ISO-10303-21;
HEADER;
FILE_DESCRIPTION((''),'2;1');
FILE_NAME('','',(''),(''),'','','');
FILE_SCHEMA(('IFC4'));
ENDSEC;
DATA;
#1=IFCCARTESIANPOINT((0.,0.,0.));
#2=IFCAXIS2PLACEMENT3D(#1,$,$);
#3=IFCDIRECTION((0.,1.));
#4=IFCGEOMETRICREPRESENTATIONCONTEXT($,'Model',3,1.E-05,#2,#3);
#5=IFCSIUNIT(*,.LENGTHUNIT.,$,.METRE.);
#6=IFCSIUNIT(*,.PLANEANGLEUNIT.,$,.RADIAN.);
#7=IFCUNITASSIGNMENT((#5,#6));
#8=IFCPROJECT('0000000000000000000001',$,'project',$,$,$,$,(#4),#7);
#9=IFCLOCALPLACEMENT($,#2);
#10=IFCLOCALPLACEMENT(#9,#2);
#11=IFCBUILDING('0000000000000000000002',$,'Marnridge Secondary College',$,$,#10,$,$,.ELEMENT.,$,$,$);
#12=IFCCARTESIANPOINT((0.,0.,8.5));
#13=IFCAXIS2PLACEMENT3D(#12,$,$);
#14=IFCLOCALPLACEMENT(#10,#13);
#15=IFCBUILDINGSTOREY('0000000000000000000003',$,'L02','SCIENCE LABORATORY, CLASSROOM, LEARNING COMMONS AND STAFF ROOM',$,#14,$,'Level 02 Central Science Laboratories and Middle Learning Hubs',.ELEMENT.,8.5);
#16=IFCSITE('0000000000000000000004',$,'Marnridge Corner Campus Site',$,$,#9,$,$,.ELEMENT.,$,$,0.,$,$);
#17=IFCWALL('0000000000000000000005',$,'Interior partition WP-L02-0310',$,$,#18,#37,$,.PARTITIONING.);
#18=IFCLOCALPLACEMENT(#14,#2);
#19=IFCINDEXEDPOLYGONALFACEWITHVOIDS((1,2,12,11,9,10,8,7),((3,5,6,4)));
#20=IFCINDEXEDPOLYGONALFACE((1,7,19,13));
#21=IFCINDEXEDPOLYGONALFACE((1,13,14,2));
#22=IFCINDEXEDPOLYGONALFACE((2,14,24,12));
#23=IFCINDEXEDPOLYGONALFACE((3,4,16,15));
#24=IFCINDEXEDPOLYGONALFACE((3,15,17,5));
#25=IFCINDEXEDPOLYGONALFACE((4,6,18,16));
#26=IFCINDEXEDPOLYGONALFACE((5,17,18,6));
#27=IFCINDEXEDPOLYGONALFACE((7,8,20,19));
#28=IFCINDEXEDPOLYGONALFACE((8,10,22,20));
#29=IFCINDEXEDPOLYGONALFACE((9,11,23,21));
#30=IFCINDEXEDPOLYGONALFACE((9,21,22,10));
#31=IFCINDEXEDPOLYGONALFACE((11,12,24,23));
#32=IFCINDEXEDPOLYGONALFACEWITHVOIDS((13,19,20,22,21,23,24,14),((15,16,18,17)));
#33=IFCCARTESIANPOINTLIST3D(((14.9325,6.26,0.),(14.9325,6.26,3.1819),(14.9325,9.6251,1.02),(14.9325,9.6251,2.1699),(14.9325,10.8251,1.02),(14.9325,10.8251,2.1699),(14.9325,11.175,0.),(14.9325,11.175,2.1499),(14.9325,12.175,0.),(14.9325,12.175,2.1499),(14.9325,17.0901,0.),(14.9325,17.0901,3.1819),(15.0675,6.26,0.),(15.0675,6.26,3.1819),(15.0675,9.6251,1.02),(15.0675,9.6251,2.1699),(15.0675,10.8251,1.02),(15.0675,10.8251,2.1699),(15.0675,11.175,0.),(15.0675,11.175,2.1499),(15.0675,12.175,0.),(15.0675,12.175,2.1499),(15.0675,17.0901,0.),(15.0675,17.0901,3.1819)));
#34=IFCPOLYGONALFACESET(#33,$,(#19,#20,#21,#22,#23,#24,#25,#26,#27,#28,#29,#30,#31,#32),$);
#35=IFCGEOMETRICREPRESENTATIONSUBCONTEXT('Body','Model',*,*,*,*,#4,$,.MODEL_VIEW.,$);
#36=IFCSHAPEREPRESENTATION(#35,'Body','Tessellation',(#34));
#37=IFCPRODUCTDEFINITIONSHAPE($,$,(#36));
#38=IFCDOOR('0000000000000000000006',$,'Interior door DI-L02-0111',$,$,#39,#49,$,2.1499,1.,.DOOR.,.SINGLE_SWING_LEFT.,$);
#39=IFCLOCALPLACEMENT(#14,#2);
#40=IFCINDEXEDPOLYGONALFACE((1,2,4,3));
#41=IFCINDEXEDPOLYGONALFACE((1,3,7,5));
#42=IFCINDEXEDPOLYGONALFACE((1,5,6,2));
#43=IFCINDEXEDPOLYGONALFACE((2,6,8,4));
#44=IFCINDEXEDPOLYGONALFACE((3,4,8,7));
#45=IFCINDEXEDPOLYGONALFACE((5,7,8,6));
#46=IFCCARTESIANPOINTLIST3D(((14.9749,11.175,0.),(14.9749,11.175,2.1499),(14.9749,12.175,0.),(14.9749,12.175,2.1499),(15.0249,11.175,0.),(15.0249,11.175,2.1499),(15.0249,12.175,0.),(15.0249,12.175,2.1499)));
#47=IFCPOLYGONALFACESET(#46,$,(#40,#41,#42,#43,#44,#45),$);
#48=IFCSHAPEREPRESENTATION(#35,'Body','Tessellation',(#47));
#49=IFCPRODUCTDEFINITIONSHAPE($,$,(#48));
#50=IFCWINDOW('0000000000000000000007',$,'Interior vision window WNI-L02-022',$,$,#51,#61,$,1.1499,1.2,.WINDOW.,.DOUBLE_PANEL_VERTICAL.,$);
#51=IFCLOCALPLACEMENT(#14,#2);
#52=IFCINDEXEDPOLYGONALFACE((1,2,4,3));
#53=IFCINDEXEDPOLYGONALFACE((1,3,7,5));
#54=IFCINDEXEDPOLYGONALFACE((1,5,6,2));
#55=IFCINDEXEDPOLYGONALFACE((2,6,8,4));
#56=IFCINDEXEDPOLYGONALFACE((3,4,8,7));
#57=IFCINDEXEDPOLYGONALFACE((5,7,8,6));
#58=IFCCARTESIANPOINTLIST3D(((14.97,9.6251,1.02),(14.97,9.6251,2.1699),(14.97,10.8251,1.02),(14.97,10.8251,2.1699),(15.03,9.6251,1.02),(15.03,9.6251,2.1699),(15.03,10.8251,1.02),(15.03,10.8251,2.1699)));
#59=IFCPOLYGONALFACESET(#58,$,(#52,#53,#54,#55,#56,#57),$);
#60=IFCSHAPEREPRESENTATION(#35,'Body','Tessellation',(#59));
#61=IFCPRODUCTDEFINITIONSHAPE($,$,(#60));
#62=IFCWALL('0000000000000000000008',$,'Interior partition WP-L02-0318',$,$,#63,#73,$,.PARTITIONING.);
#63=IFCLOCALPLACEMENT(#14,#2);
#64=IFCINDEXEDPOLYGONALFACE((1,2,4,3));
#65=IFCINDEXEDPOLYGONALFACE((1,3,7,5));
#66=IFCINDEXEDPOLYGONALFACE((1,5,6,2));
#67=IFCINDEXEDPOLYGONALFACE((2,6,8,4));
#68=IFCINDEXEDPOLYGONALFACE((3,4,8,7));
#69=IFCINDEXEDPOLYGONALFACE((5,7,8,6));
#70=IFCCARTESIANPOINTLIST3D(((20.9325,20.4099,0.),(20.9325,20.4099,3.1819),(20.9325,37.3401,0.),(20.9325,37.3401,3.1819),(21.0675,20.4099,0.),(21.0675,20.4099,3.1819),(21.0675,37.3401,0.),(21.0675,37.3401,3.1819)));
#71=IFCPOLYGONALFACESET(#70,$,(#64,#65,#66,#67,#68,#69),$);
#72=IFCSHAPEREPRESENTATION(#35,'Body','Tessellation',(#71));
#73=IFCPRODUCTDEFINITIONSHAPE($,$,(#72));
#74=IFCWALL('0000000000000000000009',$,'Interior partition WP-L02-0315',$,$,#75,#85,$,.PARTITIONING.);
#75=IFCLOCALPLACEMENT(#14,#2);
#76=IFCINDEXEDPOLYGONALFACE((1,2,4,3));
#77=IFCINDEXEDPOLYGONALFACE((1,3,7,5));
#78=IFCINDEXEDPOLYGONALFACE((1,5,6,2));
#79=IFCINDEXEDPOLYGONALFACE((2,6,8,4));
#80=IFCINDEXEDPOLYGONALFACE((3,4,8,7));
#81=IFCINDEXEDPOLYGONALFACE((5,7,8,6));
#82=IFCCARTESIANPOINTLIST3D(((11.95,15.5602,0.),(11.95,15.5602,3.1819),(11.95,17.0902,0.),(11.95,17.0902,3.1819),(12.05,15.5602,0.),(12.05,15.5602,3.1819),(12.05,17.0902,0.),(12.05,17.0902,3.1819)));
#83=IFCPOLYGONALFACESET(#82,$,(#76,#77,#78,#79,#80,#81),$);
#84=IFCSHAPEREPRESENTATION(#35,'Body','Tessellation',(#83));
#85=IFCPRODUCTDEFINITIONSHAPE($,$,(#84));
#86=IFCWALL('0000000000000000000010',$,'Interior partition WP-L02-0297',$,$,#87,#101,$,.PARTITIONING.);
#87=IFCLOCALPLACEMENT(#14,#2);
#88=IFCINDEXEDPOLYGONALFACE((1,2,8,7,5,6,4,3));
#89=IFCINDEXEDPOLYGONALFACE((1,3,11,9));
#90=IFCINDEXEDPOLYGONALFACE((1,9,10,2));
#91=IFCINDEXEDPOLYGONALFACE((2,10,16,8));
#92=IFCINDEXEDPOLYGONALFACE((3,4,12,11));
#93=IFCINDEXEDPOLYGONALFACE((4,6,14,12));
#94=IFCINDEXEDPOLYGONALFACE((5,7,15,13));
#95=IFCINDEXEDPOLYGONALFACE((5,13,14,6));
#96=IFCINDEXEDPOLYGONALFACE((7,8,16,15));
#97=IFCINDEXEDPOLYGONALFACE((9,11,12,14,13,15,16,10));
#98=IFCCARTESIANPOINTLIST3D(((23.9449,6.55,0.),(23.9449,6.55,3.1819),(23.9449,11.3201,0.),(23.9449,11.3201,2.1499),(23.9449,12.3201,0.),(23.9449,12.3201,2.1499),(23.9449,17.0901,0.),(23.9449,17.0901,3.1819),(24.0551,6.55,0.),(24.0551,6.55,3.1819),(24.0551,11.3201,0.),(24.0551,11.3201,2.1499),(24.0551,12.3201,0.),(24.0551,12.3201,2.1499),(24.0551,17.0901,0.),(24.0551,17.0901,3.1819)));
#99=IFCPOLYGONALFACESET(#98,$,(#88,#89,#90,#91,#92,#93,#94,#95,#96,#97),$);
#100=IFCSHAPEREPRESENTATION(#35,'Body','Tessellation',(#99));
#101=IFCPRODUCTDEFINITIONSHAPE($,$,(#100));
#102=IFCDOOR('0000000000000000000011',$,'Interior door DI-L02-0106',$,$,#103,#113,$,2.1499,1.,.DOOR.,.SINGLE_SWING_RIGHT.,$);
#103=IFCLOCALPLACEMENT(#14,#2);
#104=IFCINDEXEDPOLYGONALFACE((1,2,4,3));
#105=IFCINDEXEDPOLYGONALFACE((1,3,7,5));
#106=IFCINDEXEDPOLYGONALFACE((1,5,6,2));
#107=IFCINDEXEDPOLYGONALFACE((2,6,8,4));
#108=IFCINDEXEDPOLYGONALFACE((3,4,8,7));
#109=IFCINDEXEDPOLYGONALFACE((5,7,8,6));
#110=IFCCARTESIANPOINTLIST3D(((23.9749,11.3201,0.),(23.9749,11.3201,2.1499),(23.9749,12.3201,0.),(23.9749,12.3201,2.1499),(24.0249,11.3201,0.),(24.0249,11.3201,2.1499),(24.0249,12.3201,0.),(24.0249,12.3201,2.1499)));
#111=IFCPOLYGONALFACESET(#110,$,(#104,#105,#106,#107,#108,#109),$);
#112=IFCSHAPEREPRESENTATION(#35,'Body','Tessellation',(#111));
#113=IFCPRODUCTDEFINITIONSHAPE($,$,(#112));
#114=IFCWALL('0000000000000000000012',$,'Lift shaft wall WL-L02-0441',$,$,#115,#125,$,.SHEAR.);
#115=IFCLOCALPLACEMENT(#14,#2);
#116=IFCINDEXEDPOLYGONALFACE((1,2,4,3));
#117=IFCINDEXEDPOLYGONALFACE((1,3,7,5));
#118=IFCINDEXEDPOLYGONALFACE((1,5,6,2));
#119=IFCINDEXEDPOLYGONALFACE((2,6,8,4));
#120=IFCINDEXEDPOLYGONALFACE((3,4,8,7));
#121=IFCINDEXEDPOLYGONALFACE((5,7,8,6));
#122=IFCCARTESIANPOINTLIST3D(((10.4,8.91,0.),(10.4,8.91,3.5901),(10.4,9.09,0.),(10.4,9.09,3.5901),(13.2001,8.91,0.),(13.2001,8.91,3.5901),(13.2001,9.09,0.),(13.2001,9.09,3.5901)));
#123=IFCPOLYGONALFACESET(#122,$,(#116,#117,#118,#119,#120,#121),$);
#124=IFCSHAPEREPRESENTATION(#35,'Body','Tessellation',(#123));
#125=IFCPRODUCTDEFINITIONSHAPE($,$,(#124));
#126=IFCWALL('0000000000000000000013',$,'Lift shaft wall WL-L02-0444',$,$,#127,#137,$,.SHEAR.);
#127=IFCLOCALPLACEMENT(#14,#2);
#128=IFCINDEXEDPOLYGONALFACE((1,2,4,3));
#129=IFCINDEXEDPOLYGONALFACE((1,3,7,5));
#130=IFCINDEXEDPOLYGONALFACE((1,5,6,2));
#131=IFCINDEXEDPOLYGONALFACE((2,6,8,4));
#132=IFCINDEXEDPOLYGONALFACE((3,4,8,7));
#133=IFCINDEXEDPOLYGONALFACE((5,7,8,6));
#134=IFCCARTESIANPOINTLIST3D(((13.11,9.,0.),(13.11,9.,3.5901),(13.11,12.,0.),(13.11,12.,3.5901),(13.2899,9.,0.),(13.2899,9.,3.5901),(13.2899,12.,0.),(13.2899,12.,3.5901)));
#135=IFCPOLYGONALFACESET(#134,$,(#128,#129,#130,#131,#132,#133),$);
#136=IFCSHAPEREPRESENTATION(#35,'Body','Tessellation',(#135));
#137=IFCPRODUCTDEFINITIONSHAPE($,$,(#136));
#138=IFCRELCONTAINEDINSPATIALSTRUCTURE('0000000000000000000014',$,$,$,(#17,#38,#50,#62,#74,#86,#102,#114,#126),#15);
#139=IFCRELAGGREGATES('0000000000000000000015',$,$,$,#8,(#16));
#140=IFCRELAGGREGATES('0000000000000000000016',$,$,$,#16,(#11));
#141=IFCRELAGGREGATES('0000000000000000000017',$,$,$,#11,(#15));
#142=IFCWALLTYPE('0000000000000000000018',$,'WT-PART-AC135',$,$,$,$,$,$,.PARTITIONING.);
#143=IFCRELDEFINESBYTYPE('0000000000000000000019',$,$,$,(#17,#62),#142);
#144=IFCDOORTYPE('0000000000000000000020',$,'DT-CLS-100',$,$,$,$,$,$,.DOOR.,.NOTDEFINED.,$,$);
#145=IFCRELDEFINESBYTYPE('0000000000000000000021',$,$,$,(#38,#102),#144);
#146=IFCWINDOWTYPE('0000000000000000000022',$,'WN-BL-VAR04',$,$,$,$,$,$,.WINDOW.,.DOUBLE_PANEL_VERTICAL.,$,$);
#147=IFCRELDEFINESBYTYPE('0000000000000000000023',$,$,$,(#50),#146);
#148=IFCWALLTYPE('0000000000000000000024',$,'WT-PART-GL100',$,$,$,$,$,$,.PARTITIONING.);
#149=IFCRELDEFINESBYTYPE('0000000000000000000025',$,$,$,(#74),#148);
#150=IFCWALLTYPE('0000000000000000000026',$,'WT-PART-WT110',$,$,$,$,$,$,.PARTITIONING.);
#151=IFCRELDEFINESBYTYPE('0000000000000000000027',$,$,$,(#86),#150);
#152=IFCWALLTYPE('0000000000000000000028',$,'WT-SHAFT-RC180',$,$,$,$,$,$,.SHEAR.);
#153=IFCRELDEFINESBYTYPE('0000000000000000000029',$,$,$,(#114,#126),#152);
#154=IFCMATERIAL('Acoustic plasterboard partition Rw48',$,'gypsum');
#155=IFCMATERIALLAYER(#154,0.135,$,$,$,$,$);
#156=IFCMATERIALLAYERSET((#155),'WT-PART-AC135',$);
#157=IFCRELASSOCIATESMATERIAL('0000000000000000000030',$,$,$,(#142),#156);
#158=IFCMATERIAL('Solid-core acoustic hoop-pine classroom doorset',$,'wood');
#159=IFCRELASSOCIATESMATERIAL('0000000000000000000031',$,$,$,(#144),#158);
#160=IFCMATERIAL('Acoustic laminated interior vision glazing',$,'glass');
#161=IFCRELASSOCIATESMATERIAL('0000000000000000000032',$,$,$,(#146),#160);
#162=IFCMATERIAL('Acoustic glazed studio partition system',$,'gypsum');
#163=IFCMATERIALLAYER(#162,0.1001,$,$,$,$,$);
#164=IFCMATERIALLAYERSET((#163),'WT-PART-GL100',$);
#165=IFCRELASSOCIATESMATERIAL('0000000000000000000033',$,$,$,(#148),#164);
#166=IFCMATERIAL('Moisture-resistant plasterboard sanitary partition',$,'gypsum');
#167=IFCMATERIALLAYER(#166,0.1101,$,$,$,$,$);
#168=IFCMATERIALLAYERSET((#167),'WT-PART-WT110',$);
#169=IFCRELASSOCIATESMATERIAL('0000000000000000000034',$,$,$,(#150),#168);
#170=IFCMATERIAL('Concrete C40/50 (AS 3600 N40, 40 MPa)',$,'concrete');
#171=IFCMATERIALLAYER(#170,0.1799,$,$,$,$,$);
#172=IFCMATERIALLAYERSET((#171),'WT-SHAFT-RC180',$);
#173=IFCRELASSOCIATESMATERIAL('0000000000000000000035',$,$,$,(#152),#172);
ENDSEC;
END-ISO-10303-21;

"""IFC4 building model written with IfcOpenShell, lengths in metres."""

from ifc_helpers import new_model, si_unit, direction, frame, frame_2d, origin, place, context, subcontext, project, spatial, rectangle, extrude, material, layer, layer_set, type_object, element, fill, save


model = new_model("IFC4")

# Units and contexts
model_context = context("Model", 3, precision=1e-05, world=origin(), true_north=direction((0.0, 1.0)))
body_context = subcontext(model_context, "Body", "Model", "MODEL_VIEW")
ifc_project = project(units=[si_unit("LENGTHUNIT", "METRE"), si_unit("PLANEANGLEUNIT", "RADIAN")], contexts=[model_context])

# Site, building, storey
site_placement = place(None, origin())
site = spatial("IfcSite", under=ifc_project, at=site_placement, Name="Marnridge Corner Campus Site", CompositionType="ELEMENT", RefElevation=0.0)
building_placement = place(site_placement, origin())
building = spatial("IfcBuilding", under=site, at=building_placement, Name="Marnridge Secondary College", CompositionType="ELEMENT")
storey_placement = place(building_placement, frame((0.0, 0.0, 8.5)))
storey = spatial("IfcBuildingStorey", under=building, at=storey_placement, Name="L02", Description="SCIENCE LABORATORY, CLASSROOM, LEARNING COMMONS AND STAFF ROOM", LongName="Level 02 Central Science Laboratories and Middle Learning Hubs", CompositionType="ELEMENT", Elevation=8.5)

# Wall, openings, door, window
ifc_material_1 = material(Name="Acoustic plasterboard partition Rw48", Category="gypsum")
ifc_layer_1 = layer(ifc_material_1, 0.135)
ifc_layer_set_1 = layer_set([ifc_layer_1], Name="WT-PART-AC135")
wall_type_1 = type_object("IfcWallType", Name="WT-PART-AC135", PredefinedType="PARTITIONING", material=ifc_layer_set_1)
wall_1_placement = place(storey_placement, frame((15.0, 17.0901, 0.0), z_axis=(0.0, 0.0, 1.0), x_axis=(0.0, -1.0, 0.0)))
wall_1 = element("IfcWall", 1, at=wall_1_placement, inside=storey, type_object=wall_type_1, Name="Interior partition WP-L02-0310", PredefinedType="PARTITIONING", context=body_context, shape_type="SweptSolid", body=[
    extrude(rectangle(XDim=10.8301, YDim=0.135, at=frame_2d((5.415, 0.0))), origin(), (0.0, 0.0, 1.0), 3.1819),
])
opening_1_placement = place(wall_1_placement, frame((4.915, 0.0, 0.0)))
opening_1 = element("IfcOpeningElement", 2, at=opening_1_placement, cuts=wall_1, PredefinedType="OPENING", context=body_context, shape_type="SweptSolid", body=[
    extrude(rectangle(XDim=1.0, YDim=2.1499, at=frame_2d((0.5, 1.075))), frame((0.0, 0.0774, 0.0), z_axis=(0.0, -1.0, 0.0), x_axis=(1.0, 0.0, 0.0)), (0.0, 0.0, 1.0), 0.155),
])
opening_2_placement = place(wall_1_placement, frame((6.2649, 0.0, 1.02)))
opening_2 = element("IfcOpeningElement", 3, at=opening_2_placement, cuts=wall_1, PredefinedType="OPENING", context=body_context, shape_type="SweptSolid", body=[
    extrude(rectangle(XDim=1.2, YDim=1.1499, at=frame_2d((0.6001, 0.575))), frame((0.0, 0.0774, 0.0), z_axis=(0.0, -1.0, 0.0), x_axis=(1.0, 0.0, 0.0)), (0.0, 0.0, 1.0), 0.155),
])
ifc_material_2 = material(Name="Solid-core acoustic hoop-pine classroom doorset", Category="wood")
door_type = type_object("IfcDoorType", Name="DT-CLS-100", OperationType="NOTDEFINED", PredefinedType="DOOR", material=ifc_material_2)
door_1_placement = place(opening_1_placement, origin())
door_1 = element("IfcDoor", 4, at=door_1_placement, inside=storey, type_object=door_type, Name="Interior door DI-L02-0111", OperationType="SINGLE_SWING_LEFT", OverallHeight=2.1499, OverallWidth=1.0, PredefinedType="DOOR", context=body_context, shape_type="SweptSolid", body=[
    extrude(rectangle(XDim=1.0, YDim=2.1499, at=frame_2d((0.5, 1.075))), frame((0.0, 0.0249, 0.0), z_axis=(0.0, -1.0, 0.0), x_axis=(1.0, 0.0, 0.0)), (0.0, 0.0, 1.0), 0.05),
])
fill(opening_1, door_1)
ifc_material_3 = material(Name="Acoustic laminated interior vision glazing", Category="glass")
window_type = type_object("IfcWindowType", Name="WN-BL-VAR04", PartitioningType="DOUBLE_PANEL_VERTICAL", PredefinedType="WINDOW", material=ifc_material_3)
window_placement = place(opening_2_placement, origin())
window = element("IfcWindow", 5, at=window_placement, inside=storey, type_object=window_type, Name="Interior vision window WNI-L02-022", OverallHeight=1.1499, OverallWidth=1.2, PartitioningType="DOUBLE_PANEL_VERTICAL", PredefinedType="WINDOW", context=body_context, shape_type="SweptSolid", body=[
    extrude(rectangle(XDim=1.2, YDim=1.1499, at=frame_2d((0.6001, 0.575))), frame((0.0, 0.03, 0.0), z_axis=(0.0, -1.0, 0.0), x_axis=(1.0, 0.0, 0.0)), (0.0, 0.0, 1.0), 0.0601),
])
fill(opening_2, window)

# Walls
wall_2_placement = place(storey_placement, frame((21.0, 20.4099, 0.0), z_axis=(0.0, 0.0, 1.0), x_axis=(0.0, 1.0, 0.0)))
element("IfcWall", 6, at=wall_2_placement, inside=storey, type_object=wall_type_1, Name="Interior partition WP-L02-0318", PredefinedType="PARTITIONING", context=body_context, shape_type="SweptSolid", body=[
    extrude(rectangle(XDim=16.9302, YDim=0.135, at=frame_2d((8.4651, 0.0))), origin(), (0.0, 0.0, 1.0), 3.1819),
])
ifc_material_4 = material(Name="Acoustic glazed studio partition system", Category="gypsum")
ifc_layer_2 = layer(ifc_material_4, 0.1001)
ifc_layer_set_2 = layer_set([ifc_layer_2], Name="WT-PART-GL100")
wall_type_2 = type_object("IfcWallType", Name="WT-PART-GL100", PredefinedType="PARTITIONING", material=ifc_layer_set_2)
wall_3_placement = place(storey_placement, frame((12.0, 15.5601, 0.0), z_axis=(0.0, 0.0, 1.0), x_axis=(0.0, 1.0, 0.0)))
element("IfcWall", 7, at=wall_3_placement, inside=storey, type_object=wall_type_2, Name="Interior partition WP-L02-0315", PredefinedType="PARTITIONING", context=body_context, shape_type="SweptSolid", body=[
    extrude(rectangle(XDim=1.53, YDim=0.1001, at=frame_2d((0.7651, 0.0))), origin(), (0.0, 0.0, 1.0), 3.1819),
])

# Wall, opening, door
ifc_material_5 = material(Name="Moisture-resistant plasterboard sanitary partition", Category="gypsum")
ifc_layer_3 = layer(ifc_material_5, 0.1101)
ifc_layer_set_3 = layer_set([ifc_layer_3], Name="WT-PART-WT110")
wall_type_3 = type_object("IfcWallType", Name="WT-PART-WT110", PredefinedType="PARTITIONING", material=ifc_layer_set_3)
wall_4_placement = place(storey_placement, frame((24.0, 17.0901, 0.0), z_axis=(0.0, 0.0, 1.0), x_axis=(0.0, -1.0, 0.0)))
wall_4 = element("IfcWall", 8, at=wall_4_placement, inside=storey, type_object=wall_type_3, Name="Interior partition WP-L02-0297", PredefinedType="PARTITIONING", context=body_context, shape_type="SweptSolid", body=[
    extrude(rectangle(XDim=10.54, YDim=0.1101, at=frame_2d((5.27, 0.0))), origin(), (0.0, 0.0, 1.0), 3.1819),
])
opening_3_placement = place(wall_4_placement, frame((4.77, 0.0, 0.0)))
opening_3 = element("IfcOpeningElement", 9, at=opening_3_placement, cuts=wall_4, PredefinedType="OPENING", context=body_context, shape_type="SweptSolid", body=[
    extrude(rectangle(XDim=1.0, YDim=2.1499, at=frame_2d((0.5, 1.075))), frame((0.0, 0.0649, 0.0), z_axis=(0.0, -1.0, 0.0), x_axis=(1.0, 0.0, 0.0)), (0.0, 0.0, 1.0), 0.1301),
])
door_2_placement = place(opening_3_placement, origin())
door_2 = element("IfcDoor", 10, at=door_2_placement, inside=storey, type_object=door_type, Name="Interior door DI-L02-0106", OperationType="SINGLE_SWING_RIGHT", OverallHeight=2.1499, OverallWidth=1.0, PredefinedType="DOOR", context=body_context, shape_type="SweptSolid", body=[
    extrude(rectangle(XDim=1.0, YDim=2.1499, at=frame_2d((0.5, 1.075))), frame((0.0, 0.0249, 0.0), z_axis=(0.0, -1.0, 0.0), x_axis=(1.0, 0.0, 0.0)), (0.0, 0.0, 1.0), 0.05),
])
fill(opening_3, door_2)

# Walls
ifc_material_6 = material(Name="Concrete C40/50 (AS 3600 N40, 40 MPa)", Category="concrete")
ifc_layer_4 = layer(ifc_material_6, 0.1799)
ifc_layer_set_4 = layer_set([ifc_layer_4], Name="WT-SHAFT-RC180")
wall_type_4 = type_object("IfcWallType", Name="WT-SHAFT-RC180", PredefinedType="SHEAR", material=ifc_layer_set_4)
wall_5_placement = place(storey_placement, frame((13.2, 9.0, 0.0), z_axis=(0.0, 0.0, 1.0), x_axis=(-1.0, 0.0, 0.0)))
element("IfcWall", 11, at=wall_5_placement, inside=storey, type_object=wall_type_4, Name="Lift shaft wall WL-L02-0441", PredefinedType="SHEAR", context=body_context, shape_type="SweptSolid", body=[
    extrude(rectangle(XDim=2.8, YDim=0.1799, at=frame_2d((1.3999, 0.0))), origin(), (0.0, 0.0, 1.0), 3.5901),
])
wall_6_placement = place(storey_placement, frame((13.2, 12.0, 0.0), z_axis=(0.0, 0.0, 1.0), x_axis=(0.0, -1.0, 0.0)))
element("IfcWall", 12, at=wall_6_placement, inside=storey, type_object=wall_type_4, Name="Lift shaft wall WL-L02-0444", PredefinedType="SHEAR", context=body_context, shape_type="SweptSolid", body=[
    extrude(rectangle(XDim=3.0, YDim=0.1799, at=frame_2d((1.5, 0.0))), origin(), (0.0, 0.0, 1.0), 3.5901),
])

save(model, "model.ifc")
